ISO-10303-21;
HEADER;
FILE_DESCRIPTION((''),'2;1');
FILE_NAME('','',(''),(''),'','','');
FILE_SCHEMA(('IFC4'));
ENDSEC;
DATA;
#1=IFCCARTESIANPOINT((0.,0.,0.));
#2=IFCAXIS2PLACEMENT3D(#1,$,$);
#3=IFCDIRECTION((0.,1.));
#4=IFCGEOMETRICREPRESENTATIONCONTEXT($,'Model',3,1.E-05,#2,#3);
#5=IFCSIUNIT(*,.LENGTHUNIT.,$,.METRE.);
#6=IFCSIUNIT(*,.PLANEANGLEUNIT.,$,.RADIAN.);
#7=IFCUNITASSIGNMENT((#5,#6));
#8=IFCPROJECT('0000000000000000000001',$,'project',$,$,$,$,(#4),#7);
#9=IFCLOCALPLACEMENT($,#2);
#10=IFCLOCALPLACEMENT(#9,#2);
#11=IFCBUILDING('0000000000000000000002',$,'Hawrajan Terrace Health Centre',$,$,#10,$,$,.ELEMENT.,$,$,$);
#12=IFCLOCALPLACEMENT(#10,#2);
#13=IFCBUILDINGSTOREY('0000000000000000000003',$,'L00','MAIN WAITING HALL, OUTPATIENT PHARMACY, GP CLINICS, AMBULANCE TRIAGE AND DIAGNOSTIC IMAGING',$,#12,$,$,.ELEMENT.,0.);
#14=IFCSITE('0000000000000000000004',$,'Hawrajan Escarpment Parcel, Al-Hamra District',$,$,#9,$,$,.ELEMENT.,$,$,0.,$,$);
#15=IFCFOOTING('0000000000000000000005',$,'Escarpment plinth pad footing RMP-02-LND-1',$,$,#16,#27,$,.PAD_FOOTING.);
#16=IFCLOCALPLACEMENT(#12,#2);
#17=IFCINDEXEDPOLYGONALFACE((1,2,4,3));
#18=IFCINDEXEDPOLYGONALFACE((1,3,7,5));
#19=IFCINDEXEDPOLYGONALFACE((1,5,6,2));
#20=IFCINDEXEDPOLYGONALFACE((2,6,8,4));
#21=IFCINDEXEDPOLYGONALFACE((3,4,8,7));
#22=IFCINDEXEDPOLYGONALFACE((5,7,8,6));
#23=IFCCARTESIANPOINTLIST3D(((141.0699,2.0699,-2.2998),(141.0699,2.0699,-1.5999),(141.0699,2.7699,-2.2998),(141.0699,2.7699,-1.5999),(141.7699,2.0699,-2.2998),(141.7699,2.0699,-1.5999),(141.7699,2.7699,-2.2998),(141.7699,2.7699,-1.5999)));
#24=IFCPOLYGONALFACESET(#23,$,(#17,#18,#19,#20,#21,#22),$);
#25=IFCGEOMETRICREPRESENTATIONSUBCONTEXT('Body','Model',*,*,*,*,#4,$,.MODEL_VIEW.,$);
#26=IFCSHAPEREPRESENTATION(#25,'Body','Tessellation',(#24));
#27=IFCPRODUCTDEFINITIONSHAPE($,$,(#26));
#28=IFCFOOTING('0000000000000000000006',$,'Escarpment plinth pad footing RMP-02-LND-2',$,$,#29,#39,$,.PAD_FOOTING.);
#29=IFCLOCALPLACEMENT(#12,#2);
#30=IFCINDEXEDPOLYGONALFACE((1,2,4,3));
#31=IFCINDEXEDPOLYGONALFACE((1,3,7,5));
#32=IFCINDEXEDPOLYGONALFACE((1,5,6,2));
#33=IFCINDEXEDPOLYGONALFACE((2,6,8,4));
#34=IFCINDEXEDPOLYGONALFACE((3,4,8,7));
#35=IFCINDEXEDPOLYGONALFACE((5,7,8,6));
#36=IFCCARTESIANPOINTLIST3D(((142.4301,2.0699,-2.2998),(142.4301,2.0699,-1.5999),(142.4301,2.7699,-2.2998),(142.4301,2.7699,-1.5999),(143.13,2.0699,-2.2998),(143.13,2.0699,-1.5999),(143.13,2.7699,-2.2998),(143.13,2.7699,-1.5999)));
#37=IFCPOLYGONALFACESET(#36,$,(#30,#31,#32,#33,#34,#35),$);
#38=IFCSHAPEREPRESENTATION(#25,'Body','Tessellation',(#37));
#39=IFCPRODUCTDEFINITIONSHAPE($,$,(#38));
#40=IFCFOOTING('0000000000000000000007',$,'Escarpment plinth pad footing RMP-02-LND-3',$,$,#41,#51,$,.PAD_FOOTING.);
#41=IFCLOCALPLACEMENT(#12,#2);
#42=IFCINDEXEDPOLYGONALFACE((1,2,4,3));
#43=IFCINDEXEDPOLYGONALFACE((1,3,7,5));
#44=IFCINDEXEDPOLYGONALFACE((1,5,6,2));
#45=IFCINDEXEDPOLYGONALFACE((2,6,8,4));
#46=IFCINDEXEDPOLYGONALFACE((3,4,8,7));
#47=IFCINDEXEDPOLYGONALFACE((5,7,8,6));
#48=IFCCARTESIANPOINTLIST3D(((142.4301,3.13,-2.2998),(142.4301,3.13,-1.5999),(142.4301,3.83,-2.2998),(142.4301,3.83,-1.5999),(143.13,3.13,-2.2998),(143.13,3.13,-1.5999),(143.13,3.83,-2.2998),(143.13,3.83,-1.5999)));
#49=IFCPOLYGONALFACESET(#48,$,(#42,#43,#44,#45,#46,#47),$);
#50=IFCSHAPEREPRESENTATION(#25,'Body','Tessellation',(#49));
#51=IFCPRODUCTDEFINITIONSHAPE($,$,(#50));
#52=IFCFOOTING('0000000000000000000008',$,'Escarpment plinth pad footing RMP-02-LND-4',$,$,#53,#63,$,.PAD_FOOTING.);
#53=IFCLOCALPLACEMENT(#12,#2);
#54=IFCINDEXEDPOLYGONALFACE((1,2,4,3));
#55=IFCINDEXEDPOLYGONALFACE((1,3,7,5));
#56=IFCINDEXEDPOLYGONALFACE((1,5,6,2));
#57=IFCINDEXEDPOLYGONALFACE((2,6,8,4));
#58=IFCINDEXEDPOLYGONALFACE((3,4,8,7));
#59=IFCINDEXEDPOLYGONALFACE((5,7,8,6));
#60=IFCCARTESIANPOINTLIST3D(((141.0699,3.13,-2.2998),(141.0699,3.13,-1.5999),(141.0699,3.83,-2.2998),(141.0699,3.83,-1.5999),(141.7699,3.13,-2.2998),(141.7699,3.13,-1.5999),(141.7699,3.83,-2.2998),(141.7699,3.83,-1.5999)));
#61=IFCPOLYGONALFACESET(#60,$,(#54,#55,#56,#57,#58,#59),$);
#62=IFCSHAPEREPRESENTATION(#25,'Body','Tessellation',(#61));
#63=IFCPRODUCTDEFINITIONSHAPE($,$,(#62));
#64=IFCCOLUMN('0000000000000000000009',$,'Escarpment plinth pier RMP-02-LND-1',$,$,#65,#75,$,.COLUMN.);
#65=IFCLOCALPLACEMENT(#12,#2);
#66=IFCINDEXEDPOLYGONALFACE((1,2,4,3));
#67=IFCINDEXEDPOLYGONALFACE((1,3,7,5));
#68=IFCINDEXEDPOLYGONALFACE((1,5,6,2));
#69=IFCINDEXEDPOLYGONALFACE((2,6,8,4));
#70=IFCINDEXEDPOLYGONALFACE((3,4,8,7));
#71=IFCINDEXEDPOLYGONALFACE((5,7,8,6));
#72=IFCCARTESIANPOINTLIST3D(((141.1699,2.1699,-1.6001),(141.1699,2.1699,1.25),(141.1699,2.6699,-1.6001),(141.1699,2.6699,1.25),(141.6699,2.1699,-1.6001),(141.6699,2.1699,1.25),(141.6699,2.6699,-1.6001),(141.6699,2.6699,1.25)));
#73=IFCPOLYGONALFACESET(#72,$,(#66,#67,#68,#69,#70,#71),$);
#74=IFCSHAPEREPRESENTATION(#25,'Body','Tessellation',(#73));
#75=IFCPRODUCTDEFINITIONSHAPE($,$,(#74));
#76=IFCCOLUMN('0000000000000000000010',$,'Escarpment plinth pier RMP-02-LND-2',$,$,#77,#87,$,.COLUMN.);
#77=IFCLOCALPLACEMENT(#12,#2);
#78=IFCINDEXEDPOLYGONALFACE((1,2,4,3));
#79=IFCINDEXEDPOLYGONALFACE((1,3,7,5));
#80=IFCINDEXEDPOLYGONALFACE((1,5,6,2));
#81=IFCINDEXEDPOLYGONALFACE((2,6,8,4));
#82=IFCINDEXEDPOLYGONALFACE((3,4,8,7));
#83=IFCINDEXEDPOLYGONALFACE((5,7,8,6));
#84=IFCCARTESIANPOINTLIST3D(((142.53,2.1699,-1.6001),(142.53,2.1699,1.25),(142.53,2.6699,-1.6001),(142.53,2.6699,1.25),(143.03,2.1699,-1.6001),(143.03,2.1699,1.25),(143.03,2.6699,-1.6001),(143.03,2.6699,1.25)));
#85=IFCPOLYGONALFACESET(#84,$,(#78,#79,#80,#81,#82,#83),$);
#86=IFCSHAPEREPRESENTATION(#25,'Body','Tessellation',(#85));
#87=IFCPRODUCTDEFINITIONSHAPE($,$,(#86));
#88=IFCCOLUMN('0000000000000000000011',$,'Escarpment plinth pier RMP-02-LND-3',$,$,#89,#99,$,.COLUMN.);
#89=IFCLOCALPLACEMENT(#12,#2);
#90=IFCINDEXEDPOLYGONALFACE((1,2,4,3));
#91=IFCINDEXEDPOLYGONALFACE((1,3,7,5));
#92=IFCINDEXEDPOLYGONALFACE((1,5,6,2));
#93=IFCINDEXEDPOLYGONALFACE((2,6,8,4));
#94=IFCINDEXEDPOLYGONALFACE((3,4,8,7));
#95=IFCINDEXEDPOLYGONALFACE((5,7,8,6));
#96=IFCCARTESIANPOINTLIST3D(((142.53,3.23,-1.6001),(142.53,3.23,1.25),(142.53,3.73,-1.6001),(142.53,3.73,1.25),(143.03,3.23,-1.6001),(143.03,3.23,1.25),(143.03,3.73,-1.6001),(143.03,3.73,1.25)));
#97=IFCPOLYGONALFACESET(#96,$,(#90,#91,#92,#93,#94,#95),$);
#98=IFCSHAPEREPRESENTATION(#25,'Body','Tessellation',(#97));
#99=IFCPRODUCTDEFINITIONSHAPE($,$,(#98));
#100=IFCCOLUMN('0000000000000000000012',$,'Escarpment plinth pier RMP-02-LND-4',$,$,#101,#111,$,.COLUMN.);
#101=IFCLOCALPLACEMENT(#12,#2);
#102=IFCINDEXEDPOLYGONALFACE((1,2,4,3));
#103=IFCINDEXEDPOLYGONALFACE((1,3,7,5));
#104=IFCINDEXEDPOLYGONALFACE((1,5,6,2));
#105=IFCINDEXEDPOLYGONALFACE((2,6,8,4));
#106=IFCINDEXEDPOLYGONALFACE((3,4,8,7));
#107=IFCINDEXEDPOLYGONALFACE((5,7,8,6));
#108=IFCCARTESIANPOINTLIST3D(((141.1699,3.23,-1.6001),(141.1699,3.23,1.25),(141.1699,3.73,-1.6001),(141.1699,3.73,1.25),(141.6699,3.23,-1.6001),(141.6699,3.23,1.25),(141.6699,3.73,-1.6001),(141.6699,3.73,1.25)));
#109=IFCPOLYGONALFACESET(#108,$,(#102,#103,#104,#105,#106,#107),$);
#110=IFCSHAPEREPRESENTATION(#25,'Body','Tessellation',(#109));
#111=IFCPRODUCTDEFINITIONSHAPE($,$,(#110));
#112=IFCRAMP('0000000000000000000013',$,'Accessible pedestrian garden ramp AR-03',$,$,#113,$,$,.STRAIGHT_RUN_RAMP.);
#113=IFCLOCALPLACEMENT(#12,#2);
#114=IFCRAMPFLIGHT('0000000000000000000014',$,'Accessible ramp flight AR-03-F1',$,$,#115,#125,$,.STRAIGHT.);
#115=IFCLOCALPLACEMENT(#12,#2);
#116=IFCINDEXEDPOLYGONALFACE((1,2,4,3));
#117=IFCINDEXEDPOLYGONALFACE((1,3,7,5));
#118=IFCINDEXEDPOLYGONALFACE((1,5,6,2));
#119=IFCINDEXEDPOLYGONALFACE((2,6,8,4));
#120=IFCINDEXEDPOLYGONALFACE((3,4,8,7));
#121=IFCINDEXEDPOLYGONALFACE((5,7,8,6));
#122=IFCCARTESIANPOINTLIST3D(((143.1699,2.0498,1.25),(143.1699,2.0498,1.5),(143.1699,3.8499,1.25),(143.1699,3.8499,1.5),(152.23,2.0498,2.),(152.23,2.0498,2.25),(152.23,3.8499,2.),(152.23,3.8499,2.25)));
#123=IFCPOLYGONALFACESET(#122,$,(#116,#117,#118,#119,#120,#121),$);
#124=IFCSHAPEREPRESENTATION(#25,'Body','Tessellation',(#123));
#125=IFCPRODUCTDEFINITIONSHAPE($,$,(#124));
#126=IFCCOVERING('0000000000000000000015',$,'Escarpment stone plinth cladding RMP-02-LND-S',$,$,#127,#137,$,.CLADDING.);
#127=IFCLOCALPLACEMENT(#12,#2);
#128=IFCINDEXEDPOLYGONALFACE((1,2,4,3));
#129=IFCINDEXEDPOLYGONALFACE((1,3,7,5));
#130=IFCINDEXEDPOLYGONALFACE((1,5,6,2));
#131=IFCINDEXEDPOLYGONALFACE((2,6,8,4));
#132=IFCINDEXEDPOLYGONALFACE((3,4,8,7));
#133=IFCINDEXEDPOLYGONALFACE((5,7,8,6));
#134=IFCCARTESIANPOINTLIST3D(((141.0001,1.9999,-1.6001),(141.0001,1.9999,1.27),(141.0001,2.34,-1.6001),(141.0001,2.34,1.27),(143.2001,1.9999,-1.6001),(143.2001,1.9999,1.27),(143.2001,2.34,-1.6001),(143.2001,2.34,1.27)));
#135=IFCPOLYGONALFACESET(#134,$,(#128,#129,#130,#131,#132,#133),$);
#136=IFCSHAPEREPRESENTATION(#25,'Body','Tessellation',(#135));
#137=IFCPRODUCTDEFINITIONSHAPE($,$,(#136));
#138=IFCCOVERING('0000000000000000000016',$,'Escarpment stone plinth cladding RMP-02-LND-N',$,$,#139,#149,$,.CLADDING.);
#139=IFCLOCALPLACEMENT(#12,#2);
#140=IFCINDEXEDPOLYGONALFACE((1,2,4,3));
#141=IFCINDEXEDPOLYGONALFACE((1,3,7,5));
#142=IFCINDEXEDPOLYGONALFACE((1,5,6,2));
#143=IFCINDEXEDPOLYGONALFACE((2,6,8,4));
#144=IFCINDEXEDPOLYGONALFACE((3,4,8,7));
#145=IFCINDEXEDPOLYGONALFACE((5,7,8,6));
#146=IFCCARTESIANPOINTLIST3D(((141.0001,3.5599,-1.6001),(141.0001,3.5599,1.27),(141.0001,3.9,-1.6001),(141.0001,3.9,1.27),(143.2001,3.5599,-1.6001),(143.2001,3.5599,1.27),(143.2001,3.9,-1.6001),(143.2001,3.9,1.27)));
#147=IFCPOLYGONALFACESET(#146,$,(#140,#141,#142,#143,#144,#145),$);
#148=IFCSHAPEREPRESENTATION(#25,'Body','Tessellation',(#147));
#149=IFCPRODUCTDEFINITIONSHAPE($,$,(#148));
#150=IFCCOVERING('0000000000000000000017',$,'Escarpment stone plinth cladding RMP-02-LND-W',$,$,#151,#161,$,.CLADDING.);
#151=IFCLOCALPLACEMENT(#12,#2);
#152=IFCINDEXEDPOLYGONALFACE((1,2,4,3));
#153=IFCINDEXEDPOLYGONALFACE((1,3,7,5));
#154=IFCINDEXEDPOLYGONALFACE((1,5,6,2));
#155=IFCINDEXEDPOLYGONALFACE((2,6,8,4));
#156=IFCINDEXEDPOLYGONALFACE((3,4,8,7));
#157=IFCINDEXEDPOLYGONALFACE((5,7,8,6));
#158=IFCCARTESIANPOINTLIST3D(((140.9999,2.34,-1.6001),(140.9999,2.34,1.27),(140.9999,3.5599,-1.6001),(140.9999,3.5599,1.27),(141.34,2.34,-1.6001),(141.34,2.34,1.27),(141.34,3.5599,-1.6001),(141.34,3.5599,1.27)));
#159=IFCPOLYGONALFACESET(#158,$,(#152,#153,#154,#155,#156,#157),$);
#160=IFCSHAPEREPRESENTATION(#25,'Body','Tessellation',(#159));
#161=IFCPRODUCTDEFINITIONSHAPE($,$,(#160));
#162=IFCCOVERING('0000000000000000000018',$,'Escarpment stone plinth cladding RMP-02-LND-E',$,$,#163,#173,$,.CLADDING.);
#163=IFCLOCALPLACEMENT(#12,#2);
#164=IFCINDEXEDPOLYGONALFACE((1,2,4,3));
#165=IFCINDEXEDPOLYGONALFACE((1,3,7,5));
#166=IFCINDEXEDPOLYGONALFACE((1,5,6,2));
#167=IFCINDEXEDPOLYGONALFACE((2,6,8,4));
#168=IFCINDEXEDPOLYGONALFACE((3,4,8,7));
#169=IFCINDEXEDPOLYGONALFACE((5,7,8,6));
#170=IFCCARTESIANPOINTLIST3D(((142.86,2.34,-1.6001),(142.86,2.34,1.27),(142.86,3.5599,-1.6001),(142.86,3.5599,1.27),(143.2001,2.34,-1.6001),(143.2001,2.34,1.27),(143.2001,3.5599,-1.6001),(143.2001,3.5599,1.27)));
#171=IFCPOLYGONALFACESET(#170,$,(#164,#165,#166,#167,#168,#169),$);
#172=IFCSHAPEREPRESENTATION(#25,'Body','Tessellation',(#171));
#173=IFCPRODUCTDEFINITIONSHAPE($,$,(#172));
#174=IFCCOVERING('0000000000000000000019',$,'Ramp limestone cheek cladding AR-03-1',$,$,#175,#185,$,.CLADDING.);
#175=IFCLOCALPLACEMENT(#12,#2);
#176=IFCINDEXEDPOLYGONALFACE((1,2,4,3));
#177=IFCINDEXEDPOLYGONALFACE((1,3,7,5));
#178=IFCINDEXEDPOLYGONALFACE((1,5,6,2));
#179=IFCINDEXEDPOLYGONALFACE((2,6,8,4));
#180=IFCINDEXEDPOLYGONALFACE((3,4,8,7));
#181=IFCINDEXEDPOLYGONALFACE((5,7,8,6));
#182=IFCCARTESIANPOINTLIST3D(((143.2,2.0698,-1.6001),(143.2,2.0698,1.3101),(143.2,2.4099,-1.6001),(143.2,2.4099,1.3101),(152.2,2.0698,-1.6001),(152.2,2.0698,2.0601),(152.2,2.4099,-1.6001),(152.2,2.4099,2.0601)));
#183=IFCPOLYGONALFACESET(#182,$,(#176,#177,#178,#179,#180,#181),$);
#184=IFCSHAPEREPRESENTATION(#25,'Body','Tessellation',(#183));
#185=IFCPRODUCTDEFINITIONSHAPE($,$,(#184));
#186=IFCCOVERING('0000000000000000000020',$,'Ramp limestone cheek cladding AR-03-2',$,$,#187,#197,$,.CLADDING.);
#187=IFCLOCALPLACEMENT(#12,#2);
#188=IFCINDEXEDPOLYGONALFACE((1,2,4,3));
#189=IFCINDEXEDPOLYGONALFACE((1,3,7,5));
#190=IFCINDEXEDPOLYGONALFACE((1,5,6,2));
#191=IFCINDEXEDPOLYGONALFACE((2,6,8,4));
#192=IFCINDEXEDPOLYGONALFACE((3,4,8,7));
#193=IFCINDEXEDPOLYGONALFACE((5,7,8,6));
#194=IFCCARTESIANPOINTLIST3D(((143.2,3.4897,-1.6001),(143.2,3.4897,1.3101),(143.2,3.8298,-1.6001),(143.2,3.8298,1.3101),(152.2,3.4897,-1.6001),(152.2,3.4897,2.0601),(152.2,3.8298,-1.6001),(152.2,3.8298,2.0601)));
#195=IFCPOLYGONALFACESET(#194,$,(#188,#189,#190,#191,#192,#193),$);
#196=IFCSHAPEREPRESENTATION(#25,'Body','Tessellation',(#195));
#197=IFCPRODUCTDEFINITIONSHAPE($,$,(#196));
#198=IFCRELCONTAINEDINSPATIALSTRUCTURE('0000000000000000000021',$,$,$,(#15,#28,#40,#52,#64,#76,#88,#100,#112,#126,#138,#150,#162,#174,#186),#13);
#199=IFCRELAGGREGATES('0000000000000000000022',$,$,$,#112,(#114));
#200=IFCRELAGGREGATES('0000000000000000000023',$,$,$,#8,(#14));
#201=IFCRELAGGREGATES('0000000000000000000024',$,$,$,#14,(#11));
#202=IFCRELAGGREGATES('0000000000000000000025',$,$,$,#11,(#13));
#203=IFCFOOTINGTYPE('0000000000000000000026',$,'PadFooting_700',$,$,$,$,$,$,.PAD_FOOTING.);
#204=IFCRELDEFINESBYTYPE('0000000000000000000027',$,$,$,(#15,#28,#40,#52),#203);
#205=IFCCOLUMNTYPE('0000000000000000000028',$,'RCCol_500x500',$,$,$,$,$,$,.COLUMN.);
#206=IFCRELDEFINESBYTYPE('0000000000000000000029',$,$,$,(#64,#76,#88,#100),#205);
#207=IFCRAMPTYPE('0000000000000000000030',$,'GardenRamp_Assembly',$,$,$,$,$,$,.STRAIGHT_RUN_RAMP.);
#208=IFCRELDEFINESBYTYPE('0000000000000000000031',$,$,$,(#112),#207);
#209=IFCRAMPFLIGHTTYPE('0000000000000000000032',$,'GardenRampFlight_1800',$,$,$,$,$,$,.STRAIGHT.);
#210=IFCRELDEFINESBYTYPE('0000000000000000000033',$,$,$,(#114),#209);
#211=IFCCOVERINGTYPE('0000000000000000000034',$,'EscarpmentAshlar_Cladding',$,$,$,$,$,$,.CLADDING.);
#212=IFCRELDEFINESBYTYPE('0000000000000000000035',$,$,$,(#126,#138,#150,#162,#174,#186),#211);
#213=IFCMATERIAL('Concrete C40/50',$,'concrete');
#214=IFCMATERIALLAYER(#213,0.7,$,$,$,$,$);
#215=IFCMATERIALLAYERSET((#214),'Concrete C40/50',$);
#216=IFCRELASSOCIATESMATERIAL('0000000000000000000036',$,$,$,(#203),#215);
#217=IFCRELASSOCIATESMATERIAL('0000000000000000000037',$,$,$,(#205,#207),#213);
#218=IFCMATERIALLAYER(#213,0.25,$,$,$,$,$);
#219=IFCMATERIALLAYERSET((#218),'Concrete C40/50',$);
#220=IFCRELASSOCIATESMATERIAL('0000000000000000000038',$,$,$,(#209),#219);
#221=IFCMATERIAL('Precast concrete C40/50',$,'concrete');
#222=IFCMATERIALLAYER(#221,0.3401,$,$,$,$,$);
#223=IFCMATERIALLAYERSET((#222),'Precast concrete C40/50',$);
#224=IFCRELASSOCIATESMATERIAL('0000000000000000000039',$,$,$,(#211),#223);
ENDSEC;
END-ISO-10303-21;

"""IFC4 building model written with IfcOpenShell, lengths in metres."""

from ifc_helpers import new_model, si_unit, direction, frame, frame_2d, origin, origin_2d, place, context, subcontext, project, spatial, polyline, rectangle, outline, extrude, material, layer, layer_set, material_profile, profile_set, type_object, element, aggregate, save


model = new_model("IFC4")

# Units and contexts
model_context = context("Model", 3, precision=1e-05, world=origin(), true_north=direction((0.0, 1.0)))
body_context = subcontext(model_context, "Body", "Model", "MODEL_VIEW")
ifc_project = project(units=[si_unit("LENGTHUNIT", "METRE"), si_unit("PLANEANGLEUNIT", "RADIAN")], contexts=[model_context])

# Site, building, storey
site_placement = place(None, origin())
site = spatial("IfcSite", under=ifc_project, at=site_placement, Name="Hawrajan Escarpment Parcel, Al-Hamra District", CompositionType="ELEMENT", RefElevation=0.0)
building_placement = place(site_placement, origin())
building = spatial("IfcBuilding", under=site, at=building_placement, Name="Hawrajan Terrace Health Centre", CompositionType="ELEMENT")
storey_placement = place(building_placement, origin())
storey = spatial("IfcBuildingStorey", under=building, at=storey_placement, Name="L00", Description="MAIN WAITING HALL, OUTPATIENT PHARMACY, GP CLINICS, AMBULANCE TRIAGE AND DIAGNOSTIC IMAGING", CompositionType="ELEMENT", Elevation=0.0)

# Footings
ifc_material_1 = material(Name="Concrete C40/50", Category="concrete")
ifc_layer_1 = layer(ifc_material_1, 0.7)
ifc_layer_set_1 = layer_set([ifc_layer_1], Name="Concrete C40/50")
footing_type = type_object("IfcFootingType", Name="PadFooting_700", PredefinedType="PAD_FOOTING", material=ifc_layer_set_1)
for number, where, z_axis, x_axis, name in (
    (1, (141.4199, 2.4199, -2.2998), (0.0, 0.0, 1.0), (1.0, 0.0, 0.0), "Escarpment plinth pad footing RMP-02-LND-1"),
    (2, (142.78, 2.4199, -2.2998), (0.0, 0.0, 1.0), (1.0, 0.0, 0.0), "Escarpment plinth pad footing RMP-02-LND-2"),
    (3, (142.78, 3.48, -2.2998), (0.0, 0.0, 1.0), (1.0, 0.0, 0.0), "Escarpment plinth pad footing RMP-02-LND-3"),
    (4, (141.4199, 3.48, -2.2998), (0.0, 0.0, 1.0), (1.0, 0.0, 0.0), "Escarpment plinth pad footing RMP-02-LND-4"),
):
    element("IfcFooting", number, at=place(storey_placement, frame(where, z_axis=z_axis, x_axis=x_axis)), inside=storey, type_object=footing_type, Name=name, PredefinedType="PAD_FOOTING", context=body_context, shape_type="SweptSolid", body=[
        extrude(rectangle(XDim=0.7, YDim=0.7, at=origin_2d()), origin(), (0.0, 0.0, 1.0), 0.7),
    ])

# Columns
ifc_material_profile = material_profile(ifc_material_1, rectangle(XDim=0.5, YDim=0.5, at=origin_2d()), Name="RC 500x500")
ifc_profile_set = profile_set([ifc_material_profile], Name="Concrete C40/50")
column_type = type_object("IfcColumnType", Name="RCCol_500x500", PredefinedType="COLUMN", material=ifc_profile_set)
for number, where, z_axis, x_axis, name in (
    (5, (141.4199, 2.4199, -1.6001), (0.0, 0.0, 1.0), (1.0, 0.0, 0.0), "Escarpment plinth pier RMP-02-LND-1"),
    (6, (142.78, 2.4199, -1.6001), (0.0, 0.0, 1.0), (1.0, 0.0, 0.0), "Escarpment plinth pier RMP-02-LND-2"),
    (7, (142.78, 3.48, -1.6001), (0.0, 0.0, 1.0), (1.0, 0.0, 0.0), "Escarpment plinth pier RMP-02-LND-3"),
    (8, (141.4199, 3.48, -1.6001), (0.0, 0.0, 1.0), (1.0, 0.0, 0.0), "Escarpment plinth pier RMP-02-LND-4"),
):
    element("IfcColumn", number, at=place(storey_placement, frame(where, z_axis=z_axis, x_axis=x_axis)), inside=storey, type_object=column_type, Name=name, PredefinedType="COLUMN", context=body_context, shape_type="SweptSolid", body=[
        extrude(rectangle(XDim=0.5, YDim=0.5, at=origin_2d()), origin(), (0.0, 0.0, 1.0), 2.8501),
    ])

# Ramp, ramp flight
ramp_type = type_object("IfcRampType", Name="GardenRamp_Assembly", PredefinedType="STRAIGHT_RUN_RAMP", material=ifc_material_1)
ramp_placement = place(storey_placement, origin())
ramp = element("IfcRamp", 9, at=ramp_placement, inside=storey, type_object=ramp_type, Name="Accessible pedestrian garden ramp AR-03", PredefinedType="STRAIGHT_RUN_RAMP")
ifc_layer_2 = layer(ifc_material_1, 0.25)
ifc_layer_set_2 = layer_set([ifc_layer_2], Name="Concrete C40/50")
ramp_flight_type = type_object("IfcRampFlightType", Name="GardenRampFlight_1800", PredefinedType="STRAIGHT", material=ifc_layer_set_2)
ramp_flight_placement = place(storey_placement, frame((143.1699, 2.95, 1.5), z_axis=(0.0, 0.0, 1.0), x_axis=(1.0, 0.0, 0.0)))
ramp_flight = element("IfcRampFlight", 10, at=ramp_flight_placement, type_object=ramp_flight_type, Name="Accessible ramp flight AR-03-F1", PredefinedType="STRAIGHT", context=body_context, shape_type="SweptSolid", body=[
    extrude(outline(polyline([(0.0, 0.0), (0.0, -0.25), (9.0601, 0.5), (9.0601, 0.75), (0.0, 0.0)])), frame((0.0, 0.8999, 0.0), z_axis=(0.0, -1.0, 0.0), x_axis=(1.0, 0.0, 0.0)), (0.0, 0.0, 1.0), 1.8),
])
aggregate(ramp, [ramp_flight])

# Coverings
ifc_material_2 = material(Name="Precast concrete C40/50", Category="concrete")
ifc_layer_3 = layer(ifc_material_2, 0.3401)
ifc_layer_set_3 = layer_set([ifc_layer_3], Name="Precast concrete C40/50")
covering_type = type_object("IfcCoveringType", Name="EscarpmentAshlar_Cladding", PredefinedType="CLADDING", material=ifc_layer_set_3)
for number, where, z_axis, x_axis, name in (
    (11, (141.0, 2.1699, -1.6001), (0.0, 0.0, 1.0), (1.0, 0.0, 0.0), "Escarpment stone plinth cladding RMP-02-LND-S"),
    (12, (141.0, 3.73, -1.6001), (0.0, 0.0, 1.0), (1.0, 0.0, 0.0), "Escarpment stone plinth cladding RMP-02-LND-N"),
):
    element("IfcCovering", number, at=place(storey_placement, frame(where, z_axis=z_axis, x_axis=x_axis)), inside=storey, type_object=covering_type, Name=name, PredefinedType="CLADDING", context=body_context, shape_type="SweptSolid", body=[
        extrude(rectangle(XDim=2.2, YDim=0.3401, at=frame_2d((1.1001, 0.0))), origin(), (0.0, 0.0, 1.0), 2.8701),
    ])
for number, where, z_axis, x_axis, name in (
    (13, (141.1699, 2.3401, -1.6001), (0.0, 0.0, 1.0), (0.0, 1.0, 0.0), "Escarpment stone plinth cladding RMP-02-LND-W"),
    (14, (143.03, 2.3401, -1.6001), (0.0, 0.0, 1.0), (0.0, 1.0, 0.0), "Escarpment stone plinth cladding RMP-02-LND-E"),
):
    element("IfcCovering", number, at=place(storey_placement, frame(where, z_axis=z_axis, x_axis=x_axis)), inside=storey, type_object=covering_type, Name=name, PredefinedType="CLADDING", context=body_context, shape_type="SweptSolid", body=[
        extrude(rectangle(XDim=1.22, YDim=0.3401, at=frame_2d((0.6099, 0.0))), origin(), (0.0, 0.0, 1.0), 2.8701),
    ])
for number, where, z_axis, x_axis, name in (
    (15, (143.2, 2.24, -1.6001), (0.0, 0.0, 1.0), (1.0, 0.0, 0.0), "Ramp limestone cheek cladding AR-03-1"),
    (16, (143.2, 3.6599, -1.6001), (0.0, 0.0, 1.0), (1.0, 0.0, 0.0), "Ramp limestone cheek cladding AR-03-2"),
):
    element("IfcCovering", number, at=place(storey_placement, frame(where, z_axis=z_axis, x_axis=x_axis)), inside=storey, type_object=covering_type, Name=name, PredefinedType="CLADDING", context=body_context, shape_type="SweptSolid", body=[
        extrude(outline(polyline([(0.0, 0.0), (9.0, 0.0), (9.0, 3.6602), (0.0, 2.9102), (0.0, 0.0)])), frame((0.0, 0.1699, 0.0), z_axis=(0.0, -1.0, 0.0), x_axis=(1.0, 0.0, 0.0)), (0.0, 0.0, 1.0), 0.3401),
    ])

save(model, "model.ifc")
